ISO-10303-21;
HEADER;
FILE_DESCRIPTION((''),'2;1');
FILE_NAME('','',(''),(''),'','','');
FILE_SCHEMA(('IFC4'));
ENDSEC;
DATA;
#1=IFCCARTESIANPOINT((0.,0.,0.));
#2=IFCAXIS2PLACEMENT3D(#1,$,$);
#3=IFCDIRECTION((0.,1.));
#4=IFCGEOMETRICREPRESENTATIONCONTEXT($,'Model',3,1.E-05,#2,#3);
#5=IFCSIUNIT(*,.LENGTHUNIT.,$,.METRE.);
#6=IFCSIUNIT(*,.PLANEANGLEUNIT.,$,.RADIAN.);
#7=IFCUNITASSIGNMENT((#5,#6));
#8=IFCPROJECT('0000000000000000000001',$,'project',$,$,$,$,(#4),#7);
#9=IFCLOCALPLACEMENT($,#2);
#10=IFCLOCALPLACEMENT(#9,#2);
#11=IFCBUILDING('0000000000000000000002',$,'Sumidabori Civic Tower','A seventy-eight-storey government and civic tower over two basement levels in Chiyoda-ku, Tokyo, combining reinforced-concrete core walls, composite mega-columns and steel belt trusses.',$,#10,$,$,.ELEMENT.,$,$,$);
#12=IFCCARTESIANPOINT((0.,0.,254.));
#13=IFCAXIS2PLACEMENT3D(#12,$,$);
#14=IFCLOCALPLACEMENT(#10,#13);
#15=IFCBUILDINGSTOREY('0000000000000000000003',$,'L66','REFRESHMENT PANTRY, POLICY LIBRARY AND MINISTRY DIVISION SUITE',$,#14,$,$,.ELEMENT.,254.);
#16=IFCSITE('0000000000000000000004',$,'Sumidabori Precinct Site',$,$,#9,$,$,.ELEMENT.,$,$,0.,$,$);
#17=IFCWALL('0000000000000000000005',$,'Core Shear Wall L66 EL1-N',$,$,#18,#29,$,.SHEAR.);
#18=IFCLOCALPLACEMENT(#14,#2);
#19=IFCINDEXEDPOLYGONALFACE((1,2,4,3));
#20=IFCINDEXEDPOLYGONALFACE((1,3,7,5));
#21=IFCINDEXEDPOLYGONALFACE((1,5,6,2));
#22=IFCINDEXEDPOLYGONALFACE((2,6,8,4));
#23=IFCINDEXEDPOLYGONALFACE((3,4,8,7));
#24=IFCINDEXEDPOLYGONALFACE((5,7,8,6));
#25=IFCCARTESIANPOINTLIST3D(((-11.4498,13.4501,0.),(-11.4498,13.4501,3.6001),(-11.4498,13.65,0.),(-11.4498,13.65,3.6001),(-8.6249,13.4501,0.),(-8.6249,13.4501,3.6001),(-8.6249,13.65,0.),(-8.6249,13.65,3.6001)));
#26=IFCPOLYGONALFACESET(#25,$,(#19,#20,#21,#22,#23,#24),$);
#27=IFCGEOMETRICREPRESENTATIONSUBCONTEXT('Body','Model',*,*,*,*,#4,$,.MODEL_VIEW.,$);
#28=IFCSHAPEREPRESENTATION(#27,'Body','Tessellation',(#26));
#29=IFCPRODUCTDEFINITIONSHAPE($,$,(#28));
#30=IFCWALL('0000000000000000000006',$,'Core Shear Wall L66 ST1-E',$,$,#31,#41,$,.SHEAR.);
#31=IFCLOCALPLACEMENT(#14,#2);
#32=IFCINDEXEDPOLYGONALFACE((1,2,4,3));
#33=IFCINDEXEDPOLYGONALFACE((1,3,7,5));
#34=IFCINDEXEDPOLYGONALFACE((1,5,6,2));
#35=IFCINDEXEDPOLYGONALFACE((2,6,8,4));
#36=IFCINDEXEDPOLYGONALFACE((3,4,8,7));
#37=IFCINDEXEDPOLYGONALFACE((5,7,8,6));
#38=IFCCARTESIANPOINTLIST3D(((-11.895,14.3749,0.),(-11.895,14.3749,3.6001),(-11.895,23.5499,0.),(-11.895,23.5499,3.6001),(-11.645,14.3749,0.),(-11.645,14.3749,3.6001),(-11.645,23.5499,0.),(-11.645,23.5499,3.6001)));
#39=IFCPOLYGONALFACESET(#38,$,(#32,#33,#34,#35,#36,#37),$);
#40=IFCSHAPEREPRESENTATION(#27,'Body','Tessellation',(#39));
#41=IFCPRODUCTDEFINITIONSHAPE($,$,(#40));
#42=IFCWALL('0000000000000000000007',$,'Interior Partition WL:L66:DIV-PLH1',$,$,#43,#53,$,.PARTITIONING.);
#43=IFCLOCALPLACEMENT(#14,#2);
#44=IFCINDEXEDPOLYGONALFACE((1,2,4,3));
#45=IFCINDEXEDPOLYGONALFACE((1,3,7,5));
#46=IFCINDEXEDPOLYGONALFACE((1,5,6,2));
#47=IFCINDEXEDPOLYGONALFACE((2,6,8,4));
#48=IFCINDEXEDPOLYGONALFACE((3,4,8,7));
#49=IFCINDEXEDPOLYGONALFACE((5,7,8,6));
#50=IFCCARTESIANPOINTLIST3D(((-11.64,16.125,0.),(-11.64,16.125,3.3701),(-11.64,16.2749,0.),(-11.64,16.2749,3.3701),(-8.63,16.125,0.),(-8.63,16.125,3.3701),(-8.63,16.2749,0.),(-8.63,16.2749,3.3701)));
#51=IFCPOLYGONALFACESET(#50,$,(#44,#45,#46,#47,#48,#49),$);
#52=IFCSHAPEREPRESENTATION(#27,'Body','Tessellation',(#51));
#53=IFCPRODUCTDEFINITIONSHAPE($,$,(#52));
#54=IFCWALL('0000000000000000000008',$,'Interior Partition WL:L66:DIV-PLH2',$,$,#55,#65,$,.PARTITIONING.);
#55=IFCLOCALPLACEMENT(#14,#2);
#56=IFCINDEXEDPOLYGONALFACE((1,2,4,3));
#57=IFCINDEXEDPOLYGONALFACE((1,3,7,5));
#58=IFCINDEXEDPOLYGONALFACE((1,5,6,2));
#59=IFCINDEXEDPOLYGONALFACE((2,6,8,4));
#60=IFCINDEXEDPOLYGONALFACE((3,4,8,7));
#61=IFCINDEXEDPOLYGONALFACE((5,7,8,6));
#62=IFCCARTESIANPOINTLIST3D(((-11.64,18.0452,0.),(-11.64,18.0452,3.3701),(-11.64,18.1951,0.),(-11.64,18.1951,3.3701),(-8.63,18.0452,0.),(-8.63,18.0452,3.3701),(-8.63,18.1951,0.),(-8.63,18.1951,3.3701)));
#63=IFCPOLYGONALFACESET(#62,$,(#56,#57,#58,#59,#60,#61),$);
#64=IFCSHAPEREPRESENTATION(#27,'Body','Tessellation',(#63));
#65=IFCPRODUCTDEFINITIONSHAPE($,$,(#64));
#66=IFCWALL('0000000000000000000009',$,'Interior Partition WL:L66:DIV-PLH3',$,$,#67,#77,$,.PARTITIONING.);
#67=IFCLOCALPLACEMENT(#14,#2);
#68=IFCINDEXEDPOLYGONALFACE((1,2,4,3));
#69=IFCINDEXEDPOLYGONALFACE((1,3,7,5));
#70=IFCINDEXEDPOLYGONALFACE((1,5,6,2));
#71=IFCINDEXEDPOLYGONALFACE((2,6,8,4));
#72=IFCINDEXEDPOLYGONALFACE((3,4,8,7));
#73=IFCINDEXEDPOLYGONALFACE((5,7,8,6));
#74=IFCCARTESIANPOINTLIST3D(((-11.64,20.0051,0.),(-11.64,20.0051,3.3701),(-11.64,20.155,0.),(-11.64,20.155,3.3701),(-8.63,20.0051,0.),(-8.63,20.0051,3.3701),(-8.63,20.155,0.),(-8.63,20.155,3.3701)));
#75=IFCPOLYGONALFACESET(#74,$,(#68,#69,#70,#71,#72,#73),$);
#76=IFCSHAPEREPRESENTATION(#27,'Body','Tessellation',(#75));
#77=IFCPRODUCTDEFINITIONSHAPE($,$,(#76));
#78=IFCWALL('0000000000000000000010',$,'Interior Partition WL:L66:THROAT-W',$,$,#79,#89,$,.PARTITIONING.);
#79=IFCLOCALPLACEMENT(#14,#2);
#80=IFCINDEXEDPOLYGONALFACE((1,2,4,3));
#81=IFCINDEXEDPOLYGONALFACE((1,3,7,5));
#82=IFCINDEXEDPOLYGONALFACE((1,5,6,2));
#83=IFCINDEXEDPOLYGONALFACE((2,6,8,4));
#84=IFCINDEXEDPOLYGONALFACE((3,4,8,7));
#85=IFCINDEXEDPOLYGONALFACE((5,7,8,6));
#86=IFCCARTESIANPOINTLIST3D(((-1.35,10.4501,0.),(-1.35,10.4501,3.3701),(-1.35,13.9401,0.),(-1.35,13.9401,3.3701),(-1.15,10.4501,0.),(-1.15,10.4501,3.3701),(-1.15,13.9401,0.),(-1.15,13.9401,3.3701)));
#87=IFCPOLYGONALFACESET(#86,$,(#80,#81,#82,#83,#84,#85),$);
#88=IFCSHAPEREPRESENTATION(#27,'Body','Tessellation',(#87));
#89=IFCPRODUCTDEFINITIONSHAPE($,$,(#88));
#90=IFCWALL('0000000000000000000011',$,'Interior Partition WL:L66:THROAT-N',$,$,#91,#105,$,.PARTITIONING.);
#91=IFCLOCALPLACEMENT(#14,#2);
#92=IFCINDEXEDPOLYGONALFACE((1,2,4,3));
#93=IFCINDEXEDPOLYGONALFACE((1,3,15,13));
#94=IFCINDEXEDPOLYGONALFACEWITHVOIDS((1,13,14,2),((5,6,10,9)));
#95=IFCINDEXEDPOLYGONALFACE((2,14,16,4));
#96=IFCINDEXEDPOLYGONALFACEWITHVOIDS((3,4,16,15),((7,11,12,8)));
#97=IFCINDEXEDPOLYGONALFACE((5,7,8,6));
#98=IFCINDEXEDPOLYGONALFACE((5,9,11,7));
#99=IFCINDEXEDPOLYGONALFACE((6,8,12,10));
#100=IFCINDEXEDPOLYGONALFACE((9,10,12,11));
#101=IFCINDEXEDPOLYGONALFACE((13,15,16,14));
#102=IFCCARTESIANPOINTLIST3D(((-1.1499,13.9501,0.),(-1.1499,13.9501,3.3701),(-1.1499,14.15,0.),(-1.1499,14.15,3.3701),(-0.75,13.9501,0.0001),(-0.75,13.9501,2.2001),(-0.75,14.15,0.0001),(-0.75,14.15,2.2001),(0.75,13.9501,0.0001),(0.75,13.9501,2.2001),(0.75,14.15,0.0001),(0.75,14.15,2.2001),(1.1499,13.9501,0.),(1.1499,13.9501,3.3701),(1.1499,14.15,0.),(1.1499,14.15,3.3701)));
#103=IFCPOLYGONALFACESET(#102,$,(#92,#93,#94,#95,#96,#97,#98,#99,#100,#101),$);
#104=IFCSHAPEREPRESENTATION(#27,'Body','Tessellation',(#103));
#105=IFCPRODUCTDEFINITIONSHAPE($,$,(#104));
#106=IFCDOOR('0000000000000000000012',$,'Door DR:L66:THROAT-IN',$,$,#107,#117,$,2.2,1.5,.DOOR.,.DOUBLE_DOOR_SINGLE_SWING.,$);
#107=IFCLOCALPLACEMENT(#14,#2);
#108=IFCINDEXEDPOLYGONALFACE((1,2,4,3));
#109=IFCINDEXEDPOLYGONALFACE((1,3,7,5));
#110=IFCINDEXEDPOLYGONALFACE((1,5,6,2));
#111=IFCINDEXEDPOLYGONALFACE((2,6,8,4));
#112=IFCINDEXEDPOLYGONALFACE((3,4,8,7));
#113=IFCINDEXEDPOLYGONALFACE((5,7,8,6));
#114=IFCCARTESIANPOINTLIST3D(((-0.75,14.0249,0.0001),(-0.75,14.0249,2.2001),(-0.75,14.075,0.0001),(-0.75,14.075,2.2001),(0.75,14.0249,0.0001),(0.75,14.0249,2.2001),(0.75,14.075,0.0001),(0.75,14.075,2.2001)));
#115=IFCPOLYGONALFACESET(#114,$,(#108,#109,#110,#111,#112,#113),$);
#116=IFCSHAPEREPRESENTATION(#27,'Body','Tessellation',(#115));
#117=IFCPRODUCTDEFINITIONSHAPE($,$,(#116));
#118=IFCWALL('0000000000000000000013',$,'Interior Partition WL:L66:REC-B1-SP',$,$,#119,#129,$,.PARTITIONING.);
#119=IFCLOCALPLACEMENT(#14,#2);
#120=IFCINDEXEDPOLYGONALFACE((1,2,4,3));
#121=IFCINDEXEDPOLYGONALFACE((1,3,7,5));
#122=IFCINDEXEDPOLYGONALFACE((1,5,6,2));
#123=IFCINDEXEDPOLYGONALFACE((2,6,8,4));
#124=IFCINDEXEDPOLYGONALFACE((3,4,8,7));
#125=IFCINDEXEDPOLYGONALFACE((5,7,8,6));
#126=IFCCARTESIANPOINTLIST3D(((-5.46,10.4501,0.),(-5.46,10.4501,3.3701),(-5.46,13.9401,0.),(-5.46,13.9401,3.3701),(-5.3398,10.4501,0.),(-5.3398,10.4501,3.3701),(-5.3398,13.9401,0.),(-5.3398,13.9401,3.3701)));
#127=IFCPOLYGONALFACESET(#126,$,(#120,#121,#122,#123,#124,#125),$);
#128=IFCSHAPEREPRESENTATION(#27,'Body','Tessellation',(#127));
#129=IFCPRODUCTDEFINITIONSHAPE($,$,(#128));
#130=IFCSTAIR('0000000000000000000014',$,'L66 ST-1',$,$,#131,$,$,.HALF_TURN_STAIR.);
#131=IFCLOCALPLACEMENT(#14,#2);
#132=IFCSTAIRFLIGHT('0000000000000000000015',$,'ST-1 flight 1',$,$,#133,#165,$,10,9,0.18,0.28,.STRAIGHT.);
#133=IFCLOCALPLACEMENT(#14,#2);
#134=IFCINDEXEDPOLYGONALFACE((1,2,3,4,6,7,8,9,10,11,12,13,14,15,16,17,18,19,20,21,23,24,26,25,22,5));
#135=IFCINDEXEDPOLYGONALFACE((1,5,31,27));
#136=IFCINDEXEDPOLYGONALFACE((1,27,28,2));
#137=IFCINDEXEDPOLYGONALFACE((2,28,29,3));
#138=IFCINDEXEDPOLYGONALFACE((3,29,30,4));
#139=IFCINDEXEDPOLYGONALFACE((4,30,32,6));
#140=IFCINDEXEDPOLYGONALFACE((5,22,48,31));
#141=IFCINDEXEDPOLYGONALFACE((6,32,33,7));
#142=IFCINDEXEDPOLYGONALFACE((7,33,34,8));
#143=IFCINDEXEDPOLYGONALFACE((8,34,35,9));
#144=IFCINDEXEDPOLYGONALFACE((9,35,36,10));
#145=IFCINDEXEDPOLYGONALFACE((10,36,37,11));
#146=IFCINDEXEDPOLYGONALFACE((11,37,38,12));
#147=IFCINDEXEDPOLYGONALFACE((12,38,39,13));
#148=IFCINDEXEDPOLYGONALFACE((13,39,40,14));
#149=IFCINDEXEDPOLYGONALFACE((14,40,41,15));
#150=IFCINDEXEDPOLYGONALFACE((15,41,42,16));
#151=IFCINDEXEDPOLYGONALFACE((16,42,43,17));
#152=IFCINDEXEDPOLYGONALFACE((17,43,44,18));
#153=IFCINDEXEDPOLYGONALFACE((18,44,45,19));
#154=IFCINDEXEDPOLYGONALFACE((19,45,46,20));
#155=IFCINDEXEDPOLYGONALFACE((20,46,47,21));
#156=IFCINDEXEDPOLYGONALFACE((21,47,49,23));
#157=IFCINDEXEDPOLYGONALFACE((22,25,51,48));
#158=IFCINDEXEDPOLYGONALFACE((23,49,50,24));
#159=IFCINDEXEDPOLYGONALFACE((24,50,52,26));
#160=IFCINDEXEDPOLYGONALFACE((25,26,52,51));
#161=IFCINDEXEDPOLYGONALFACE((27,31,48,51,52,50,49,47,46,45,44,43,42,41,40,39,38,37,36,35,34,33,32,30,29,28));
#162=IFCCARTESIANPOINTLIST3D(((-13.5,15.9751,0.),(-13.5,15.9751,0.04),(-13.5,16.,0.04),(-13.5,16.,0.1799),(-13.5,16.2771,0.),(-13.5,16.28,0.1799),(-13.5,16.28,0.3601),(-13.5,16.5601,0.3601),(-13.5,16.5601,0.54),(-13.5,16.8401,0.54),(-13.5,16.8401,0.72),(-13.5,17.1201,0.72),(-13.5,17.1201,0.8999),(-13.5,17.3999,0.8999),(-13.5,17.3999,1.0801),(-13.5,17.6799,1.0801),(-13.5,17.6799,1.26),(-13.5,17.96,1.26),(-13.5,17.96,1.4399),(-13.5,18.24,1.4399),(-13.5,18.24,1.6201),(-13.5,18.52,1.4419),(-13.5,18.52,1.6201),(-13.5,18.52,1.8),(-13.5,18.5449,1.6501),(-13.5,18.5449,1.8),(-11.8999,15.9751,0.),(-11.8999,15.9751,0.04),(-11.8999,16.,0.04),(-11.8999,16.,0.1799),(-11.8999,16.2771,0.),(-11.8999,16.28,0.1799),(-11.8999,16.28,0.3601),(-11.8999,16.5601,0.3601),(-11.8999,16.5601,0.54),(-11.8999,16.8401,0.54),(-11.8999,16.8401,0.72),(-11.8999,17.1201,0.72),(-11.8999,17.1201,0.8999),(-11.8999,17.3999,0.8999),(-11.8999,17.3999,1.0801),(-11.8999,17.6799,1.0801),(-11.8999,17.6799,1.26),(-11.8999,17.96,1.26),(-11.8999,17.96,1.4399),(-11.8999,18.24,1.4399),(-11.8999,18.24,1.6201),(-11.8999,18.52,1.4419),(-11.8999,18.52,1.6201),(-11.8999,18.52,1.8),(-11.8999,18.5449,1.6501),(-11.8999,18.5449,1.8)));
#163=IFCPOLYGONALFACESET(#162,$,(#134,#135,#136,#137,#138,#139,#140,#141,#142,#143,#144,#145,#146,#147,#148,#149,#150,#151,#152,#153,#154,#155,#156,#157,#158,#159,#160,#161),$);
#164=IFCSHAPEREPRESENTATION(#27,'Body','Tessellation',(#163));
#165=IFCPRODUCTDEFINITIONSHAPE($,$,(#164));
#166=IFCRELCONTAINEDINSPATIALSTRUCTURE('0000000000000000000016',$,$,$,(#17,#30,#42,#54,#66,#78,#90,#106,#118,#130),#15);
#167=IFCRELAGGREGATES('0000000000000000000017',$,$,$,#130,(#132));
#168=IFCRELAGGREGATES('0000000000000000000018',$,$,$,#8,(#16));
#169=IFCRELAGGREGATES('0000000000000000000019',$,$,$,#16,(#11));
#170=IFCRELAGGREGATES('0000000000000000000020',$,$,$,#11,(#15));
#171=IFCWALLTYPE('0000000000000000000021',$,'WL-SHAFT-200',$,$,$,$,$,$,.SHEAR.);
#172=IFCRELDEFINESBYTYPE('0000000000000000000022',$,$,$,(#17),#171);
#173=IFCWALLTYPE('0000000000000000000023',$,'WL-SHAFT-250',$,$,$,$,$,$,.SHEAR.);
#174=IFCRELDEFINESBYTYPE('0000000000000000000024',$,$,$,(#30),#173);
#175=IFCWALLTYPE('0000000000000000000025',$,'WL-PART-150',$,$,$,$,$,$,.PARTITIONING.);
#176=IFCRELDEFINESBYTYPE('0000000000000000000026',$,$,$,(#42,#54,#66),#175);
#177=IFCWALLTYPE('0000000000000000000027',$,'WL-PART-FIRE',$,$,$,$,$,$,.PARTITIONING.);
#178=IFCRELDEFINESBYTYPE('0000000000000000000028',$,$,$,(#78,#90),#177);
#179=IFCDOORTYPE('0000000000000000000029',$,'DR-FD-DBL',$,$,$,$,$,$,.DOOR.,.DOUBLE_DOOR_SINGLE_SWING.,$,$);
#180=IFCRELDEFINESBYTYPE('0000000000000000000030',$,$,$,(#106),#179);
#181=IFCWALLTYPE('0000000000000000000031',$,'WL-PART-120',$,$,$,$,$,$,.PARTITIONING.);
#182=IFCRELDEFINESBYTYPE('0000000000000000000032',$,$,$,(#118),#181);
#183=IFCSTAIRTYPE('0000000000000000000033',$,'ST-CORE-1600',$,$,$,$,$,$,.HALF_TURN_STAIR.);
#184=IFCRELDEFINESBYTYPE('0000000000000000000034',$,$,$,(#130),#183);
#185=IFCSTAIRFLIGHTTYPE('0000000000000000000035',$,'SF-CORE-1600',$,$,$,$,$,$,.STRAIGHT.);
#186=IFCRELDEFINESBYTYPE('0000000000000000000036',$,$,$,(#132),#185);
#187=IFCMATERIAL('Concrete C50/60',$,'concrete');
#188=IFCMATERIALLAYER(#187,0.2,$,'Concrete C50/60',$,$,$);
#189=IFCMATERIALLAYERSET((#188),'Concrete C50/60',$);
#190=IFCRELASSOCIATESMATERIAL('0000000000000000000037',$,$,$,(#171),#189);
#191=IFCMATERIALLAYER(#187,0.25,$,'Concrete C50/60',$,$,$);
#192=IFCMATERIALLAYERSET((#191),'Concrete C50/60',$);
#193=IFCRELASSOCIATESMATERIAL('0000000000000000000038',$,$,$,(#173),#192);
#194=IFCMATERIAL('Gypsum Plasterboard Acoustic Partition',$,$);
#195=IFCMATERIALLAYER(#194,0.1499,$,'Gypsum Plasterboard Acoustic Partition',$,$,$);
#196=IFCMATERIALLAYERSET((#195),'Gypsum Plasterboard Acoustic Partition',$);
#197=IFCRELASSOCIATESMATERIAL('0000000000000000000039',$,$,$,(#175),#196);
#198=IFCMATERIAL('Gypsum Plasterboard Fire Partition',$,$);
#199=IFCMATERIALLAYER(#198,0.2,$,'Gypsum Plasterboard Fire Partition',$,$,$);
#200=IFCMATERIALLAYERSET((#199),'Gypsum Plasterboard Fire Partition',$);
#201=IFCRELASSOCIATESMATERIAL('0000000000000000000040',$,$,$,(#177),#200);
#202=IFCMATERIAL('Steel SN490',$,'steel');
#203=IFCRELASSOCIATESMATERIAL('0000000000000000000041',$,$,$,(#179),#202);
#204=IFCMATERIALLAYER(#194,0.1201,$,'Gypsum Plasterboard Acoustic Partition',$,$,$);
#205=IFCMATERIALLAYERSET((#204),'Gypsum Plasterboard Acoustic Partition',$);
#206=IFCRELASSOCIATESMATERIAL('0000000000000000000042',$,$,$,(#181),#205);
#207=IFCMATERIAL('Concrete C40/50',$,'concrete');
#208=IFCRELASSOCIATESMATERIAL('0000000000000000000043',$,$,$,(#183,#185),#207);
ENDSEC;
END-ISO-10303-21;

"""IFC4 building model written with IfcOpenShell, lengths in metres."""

from ifc_helpers import new_model, si_unit, direction, frame, frame_2d, origin, place, context, subcontext, project, spatial, polyline, rectangle, outline, extrude, source, transform, mapped, material, layer, layer_set, type_object, element, fill, aggregate, save


model = new_model("IFC4")

# Units and contexts
model_context = context("Model", 3, precision=1e-05, world=origin(), true_north=direction((0.0, 1.0)))
body_context = subcontext(model_context, "Body", "Model", "MODEL_VIEW")
ifc_project = project(units=[si_unit("LENGTHUNIT", "METRE"), si_unit("PLANEANGLEUNIT", "RADIAN")], contexts=[model_context])

# Site, building, storey
site_placement = place(None, origin())
site = spatial("IfcSite", under=ifc_project, at=site_placement, Name="Sumidabori Precinct Site", CompositionType="ELEMENT", RefElevation=0.0)
building_placement = place(site_placement, origin())
building = spatial("IfcBuilding", under=site, at=building_placement, Name="Sumidabori Civic Tower", Description="A seventy-eight-storey government and civic tower over two basement levels in Chiyoda-ku, Tokyo, combining reinforced-concrete core walls, composite mega-columns and steel belt trusses.", CompositionType="ELEMENT")
storey_placement = place(building_placement, frame((0.0, 0.0, 254.0)))
storey = spatial("IfcBuildingStorey", under=building, at=storey_placement, Name="L66", Description="REFRESHMENT PANTRY, POLICY LIBRARY AND MINISTRY DIVISION SUITE", CompositionType="ELEMENT", Elevation=254.0)

# Wall
ifc_material_1 = material(Name="Concrete C50/60", Category="concrete")
ifc_layer_1 = layer(ifc_material_1, 0.2, Name="Concrete C50/60")
ifc_layer_set_1 = layer_set([ifc_layer_1], Name="Concrete C50/60")
wall_type_1 = type_object("IfcWallType", Name="WL-SHAFT-200", PredefinedType="SHEAR", material=ifc_layer_set_1)
shared_shape_1 = source(origin(), body_context, "Body", "SweptSolid", [
    extrude(rectangle(XDim=2.825, YDim=0.2, at=frame_2d((1.4126, 0.0))), origin(), (0.0, 0.0, 1.0), 3.6001),
])
wall_1_placement = place(storey_placement, frame((-11.45, 13.55, 0.0), z_axis=(0.0, 0.0, 1.0), x_axis=(1.0, 0.0, 0.0)))
element("IfcWall", 1, at=wall_1_placement, inside=storey, type_object=wall_type_1, Name="Core Shear Wall L66 EL1-N", PredefinedType="SHEAR", context=body_context, shape_type="MappedRepresentation", body=[
    mapped(shared_shape_1, transform((0.0, 0.0, 0.0), x_axis=(1.0, 0.0, 0.0), y_axis=(0.0, 1.0, 0.0), z_axis=(0.0, 0.0, 1.0), scale=1.0)),
])

# Shared definitions
ifc_layer_2 = layer(ifc_material_1, 0.25, Name="Concrete C50/60")
ifc_layer_set_2 = layer_set([ifc_layer_2], Name="Concrete C50/60")
wall_type_2 = type_object("IfcWallType", Name="WL-SHAFT-250", PredefinedType="SHEAR", material=ifc_layer_set_2)

# Wall
shared_shape_2 = source(origin(), body_context, "Body", "SweptSolid", [
    extrude(rectangle(XDim=9.175, YDim=0.25, at=frame_2d((4.5874, 0.0))), origin(), (0.0, 0.0, 1.0), 3.6001),
])
wall_2_placement = place(storey_placement, frame((-11.77, 14.375, 0.0), z_axis=(0.0, 0.0, 1.0), x_axis=(0.0, 1.0, 0.0)))
element("IfcWall", 2, at=wall_2_placement, inside=storey, type_object=wall_type_2, Name="Core Shear Wall L66 ST1-E", PredefinedType="SHEAR", context=body_context, shape_type="MappedRepresentation", body=[
    mapped(shared_shape_2, transform((0.0, 0.0, 0.0), x_axis=(1.0, 0.0, 0.0), y_axis=(0.0, 1.0, 0.0), z_axis=(0.0, 0.0, 1.0), scale=1.0)),
])

# Walls
ifc_material_2 = material(Name="Gypsum Plasterboard Acoustic Partition")
ifc_layer_3 = layer(ifc_material_2, 0.1499, Name="Gypsum Plasterboard Acoustic Partition")
ifc_layer_set_3 = layer_set([ifc_layer_3], Name="Gypsum Plasterboard Acoustic Partition")
wall_type_3 = type_object("IfcWallType", Name="WL-PART-150", PredefinedType="PARTITIONING", material=ifc_layer_set_3)
shared_shape_3 = source(origin(), body_context, "Body", "SweptSolid", [
    extrude(rectangle(XDim=3.01, YDim=0.1499, at=frame_2d((1.5049, 0.0))), origin(), (0.0, 0.0, 1.0), 3.3701),
])
for number, where, z_axis, x_axis, name in (
    (3, (-11.6399, 16.2, 0.0), (0.0, 0.0, 1.0), (1.0, 0.0, 0.0), "Interior Partition WL:L66:DIV-PLH1"),
    (4, (-11.6399, 18.1201, 0.0), (0.0, 0.0, 1.0), (1.0, 0.0, 0.0), "Interior Partition WL:L66:DIV-PLH2"),
    (5, (-11.6399, 20.0801, 0.0), (0.0, 0.0, 1.0), (1.0, 0.0, 0.0), "Interior Partition WL:L66:DIV-PLH3"),
):
    element("IfcWall", number, at=place(storey_placement, frame(where, z_axis=z_axis, x_axis=x_axis)), inside=storey, type_object=wall_type_3, Name=name, PredefinedType="PARTITIONING", context=body_context, shape_type="MappedRepresentation", body=[
        mapped(shared_shape_3, transform((0.0, 0.0, 0.0), x_axis=(1.0, 0.0, 0.0), y_axis=(0.0, 1.0, 0.0), z_axis=(0.0, 0.0, 1.0), scale=1.0)),
    ])

# Shared definitions
ifc_material_3 = material(Name="Gypsum Plasterboard Fire Partition")
ifc_layer_4 = layer(ifc_material_3, 0.2, Name="Gypsum Plasterboard Fire Partition")
ifc_layer_set_4 = layer_set([ifc_layer_4], Name="Gypsum Plasterboard Fire Partition")
wall_type_4 = type_object("IfcWallType", Name="WL-PART-FIRE", PredefinedType="PARTITIONING", material=ifc_layer_set_4)

# Wall
shared_shape_4 = source(origin(), body_context, "Body", "SweptSolid", [
    extrude(rectangle(XDim=3.49, YDim=0.2, at=frame_2d((1.7451, 0.0))), origin(), (0.0, 0.0, 1.0), 3.3701),
])
wall_3_placement = place(storey_placement, frame((-1.25, 10.45, 0.0), z_axis=(0.0, 0.0, 1.0), x_axis=(0.0, 1.0, 0.0)))
element("IfcWall", 6, at=wall_3_placement, inside=storey, type_object=wall_type_4, Name="Interior Partition WL:L66:THROAT-W", PredefinedType="PARTITIONING", context=body_context, shape_type="MappedRepresentation", body=[
    mapped(shared_shape_4, transform((0.0, 0.0, 0.0), x_axis=(1.0, 0.0, 0.0), y_axis=(0.0, 1.0, 0.0), z_axis=(0.0, 0.0, 1.0), scale=1.0)),
])

# Wall, opening, door
shared_shape_5 = source(origin(), body_context, "Body", "SweptSolid", [
    extrude(rectangle(XDim=2.2998, YDim=0.2, at=frame_2d((1.1499, 0.0))), origin(), (0.0, 0.0, 1.0), 3.3701),
])
wall_4_placement = place(storey_placement, frame((-1.1499, 14.05, 0.0), z_axis=(0.0, 0.0, 1.0), x_axis=(1.0, 0.0, 0.0)))
wall_4 = element("IfcWall", 7, at=wall_4_placement, inside=storey, type_object=wall_type_4, Name="Interior Partition WL:L66:THROAT-N", PredefinedType="PARTITIONING", context=body_context, shape_type="MappedRepresentation", body=[
    mapped(shared_shape_5, transform((0.0, 0.0, 0.0), x_axis=(1.0, 0.0, 0.0), y_axis=(0.0, 1.0, 0.0), z_axis=(0.0, 0.0, 1.0), scale=1.0)),
])
opening_1_placement = place(wall_4_placement, frame((0.3999, 0.0, 0.0)))
opening_1 = element("IfcOpeningElement", 8, at=opening_1_placement, cuts=wall_4, PredefinedType="OPENING", context=body_context, shape_type="SweptSolid", body=[
    extrude(rectangle(XDim=1.5, YDim=2.2, at=frame_2d((0.75, 1.1001))), frame((0.0, 0.1118, 0.0), z_axis=(0.0, -1.0, 0.0), x_axis=(1.0, 0.0, 0.0)), (0.0, 0.0, 1.0), 0.2239),
])
ifc_material_4 = material(Name="Steel SN490", Category="steel")
door_type_1 = type_object("IfcDoorType", Name="DR-FD-DBL", OperationType="DOUBLE_DOOR_SINGLE_SWING", PredefinedType="DOOR", material=ifc_material_4)
shared_shape_6 = source(origin(), body_context, "Body", "SweptSolid", [
    extrude(rectangle(XDim=1.5, YDim=2.2, at=frame_2d((0.75, 1.1001))), frame((0.0, 0.0249, 0.0), z_axis=(0.0, -1.0, 0.0), x_axis=(1.0, 0.0, 0.0)), (0.0, 0.0, 1.0), 0.05),
])
door_1_placement = place(opening_1_placement, origin())
door_1 = element("IfcDoor", 9, at=door_1_placement, inside=storey, type_object=door_type_1, Name="Door DR:L66:THROAT-IN", OperationType="DOUBLE_DOOR_SINGLE_SWING", OverallHeight=2.2, OverallWidth=1.5, PredefinedType="DOOR", context=body_context, shape_type="MappedRepresentation", body=[
    mapped(shared_shape_6, transform((0.0, 0.0, 0.0), x_axis=(1.0, 0.0, 0.0), y_axis=(0.0, 1.0, 0.0), z_axis=(0.0, 0.0, 1.0), scale=1.0)),
])
fill(opening_1, door_1)

# Wall
ifc_layer_5 = layer(ifc_material_2, 0.1201, Name="Gypsum Plasterboard Acoustic Partition")
ifc_layer_set_5 = layer_set([ifc_layer_5], Name="Gypsum Plasterboard Acoustic Partition")
wall_type_5 = type_object("IfcWallType", Name="WL-PART-120", PredefinedType="PARTITIONING", material=ifc_layer_set_5)
shared_shape_7 = source(origin(), body_context, "Body", "SweptSolid", [
    extrude(rectangle(XDim=3.49, YDim=0.1201, at=frame_2d((1.7451, 0.0))), origin(), (0.0, 0.0, 1.0), 3.3701),
])
wall_5_placement = place(storey_placement, frame((-5.3999, 10.45, 0.0), z_axis=(0.0, 0.0, 1.0), x_axis=(0.0, 1.0, 0.0)))
element("IfcWall", 10, at=wall_5_placement, inside=storey, type_object=wall_type_5, Name="Interior Partition WL:L66:REC-B1-SP", PredefinedType="PARTITIONING", context=body_context, shape_type="MappedRepresentation", body=[
    mapped(shared_shape_7, transform((0.0, 0.0, 0.0), x_axis=(1.0, 0.0, 0.0), y_axis=(0.0, 1.0, 0.0), z_axis=(0.0, 0.0, 1.0), scale=1.0)),
])

# Stair, stair flight
ifc_material_5 = material(Name="Concrete C40/50", Category="concrete")
stair_type = type_object("IfcStairType", Name="ST-CORE-1600", PredefinedType="HALF_TURN_STAIR", material=ifc_material_5)
stair_placement = place(storey_placement, origin())
stair = element("IfcStair", 11, at=stair_placement, inside=storey, type_object=stair_type, Name="L66 ST-1", PredefinedType="HALF_TURN_STAIR")
stair_flight_type = type_object("IfcStairFlightType", Name="SF-CORE-1600", PredefinedType="STRAIGHT", material=ifc_material_5)
shared_shape_8 = source(origin(), body_context, "Body", "SweptSolid", [
    extrude(outline(polyline([(-0.0249, 0.0), (-0.0249, 0.04), (0.0, 0.04), (0.0, 0.1799), (0.28, 0.1799), (0.28, 0.3601), (0.5601, 0.3601), (0.5601, 0.54), (0.8401, 0.54), (0.8401, 0.72), (1.1201, 0.72), (1.1201, 0.8999), (1.3999, 0.8999), (1.3999, 1.0801), (1.6799, 1.0801), (1.6799, 1.26), (1.96, 1.26), (1.96, 1.4399), (2.24, 1.4399), (2.24, 1.6201), (2.52, 1.6201), (2.52, 1.8), (2.5449, 1.8), (2.5449, 1.6501), (2.52, 1.4419), (0.2771, 0.0), (-0.0249, 0.0)])), frame((0.0, 0.8, 0.0), z_axis=(0.0, -1.0, 0.0), x_axis=(1.0, 0.0, 0.0)), (0.0, 0.0, 1.0), 1.6001),
])
stair_flight_placement = place(storey_placement, frame((-12.7, 16.0, 0.0), z_axis=(0.0, 0.0, 1.0), x_axis=(0.0, 1.0, 0.0)))
stair_flight = element("IfcStairFlight", 12, at=stair_flight_placement, type_object=stair_flight_type, Name="ST-1 flight 1", NumberOfRisers=10, NumberOfTreads=9, PredefinedType="STRAIGHT", RiserHeight=0.18, TreadLength=0.28, context=body_context, shape_type="MappedRepresentation", body=[
    mapped(shared_shape_8, transform((0.0, 0.0, 0.0), x_axis=(1.0, 0.0, 0.0), y_axis=(0.0, 1.0, 0.0), z_axis=(0.0, 0.0, 1.0), scale=1.0)),
])
aggregate(stair, [stair_flight])

save(model, "model.ifc")
